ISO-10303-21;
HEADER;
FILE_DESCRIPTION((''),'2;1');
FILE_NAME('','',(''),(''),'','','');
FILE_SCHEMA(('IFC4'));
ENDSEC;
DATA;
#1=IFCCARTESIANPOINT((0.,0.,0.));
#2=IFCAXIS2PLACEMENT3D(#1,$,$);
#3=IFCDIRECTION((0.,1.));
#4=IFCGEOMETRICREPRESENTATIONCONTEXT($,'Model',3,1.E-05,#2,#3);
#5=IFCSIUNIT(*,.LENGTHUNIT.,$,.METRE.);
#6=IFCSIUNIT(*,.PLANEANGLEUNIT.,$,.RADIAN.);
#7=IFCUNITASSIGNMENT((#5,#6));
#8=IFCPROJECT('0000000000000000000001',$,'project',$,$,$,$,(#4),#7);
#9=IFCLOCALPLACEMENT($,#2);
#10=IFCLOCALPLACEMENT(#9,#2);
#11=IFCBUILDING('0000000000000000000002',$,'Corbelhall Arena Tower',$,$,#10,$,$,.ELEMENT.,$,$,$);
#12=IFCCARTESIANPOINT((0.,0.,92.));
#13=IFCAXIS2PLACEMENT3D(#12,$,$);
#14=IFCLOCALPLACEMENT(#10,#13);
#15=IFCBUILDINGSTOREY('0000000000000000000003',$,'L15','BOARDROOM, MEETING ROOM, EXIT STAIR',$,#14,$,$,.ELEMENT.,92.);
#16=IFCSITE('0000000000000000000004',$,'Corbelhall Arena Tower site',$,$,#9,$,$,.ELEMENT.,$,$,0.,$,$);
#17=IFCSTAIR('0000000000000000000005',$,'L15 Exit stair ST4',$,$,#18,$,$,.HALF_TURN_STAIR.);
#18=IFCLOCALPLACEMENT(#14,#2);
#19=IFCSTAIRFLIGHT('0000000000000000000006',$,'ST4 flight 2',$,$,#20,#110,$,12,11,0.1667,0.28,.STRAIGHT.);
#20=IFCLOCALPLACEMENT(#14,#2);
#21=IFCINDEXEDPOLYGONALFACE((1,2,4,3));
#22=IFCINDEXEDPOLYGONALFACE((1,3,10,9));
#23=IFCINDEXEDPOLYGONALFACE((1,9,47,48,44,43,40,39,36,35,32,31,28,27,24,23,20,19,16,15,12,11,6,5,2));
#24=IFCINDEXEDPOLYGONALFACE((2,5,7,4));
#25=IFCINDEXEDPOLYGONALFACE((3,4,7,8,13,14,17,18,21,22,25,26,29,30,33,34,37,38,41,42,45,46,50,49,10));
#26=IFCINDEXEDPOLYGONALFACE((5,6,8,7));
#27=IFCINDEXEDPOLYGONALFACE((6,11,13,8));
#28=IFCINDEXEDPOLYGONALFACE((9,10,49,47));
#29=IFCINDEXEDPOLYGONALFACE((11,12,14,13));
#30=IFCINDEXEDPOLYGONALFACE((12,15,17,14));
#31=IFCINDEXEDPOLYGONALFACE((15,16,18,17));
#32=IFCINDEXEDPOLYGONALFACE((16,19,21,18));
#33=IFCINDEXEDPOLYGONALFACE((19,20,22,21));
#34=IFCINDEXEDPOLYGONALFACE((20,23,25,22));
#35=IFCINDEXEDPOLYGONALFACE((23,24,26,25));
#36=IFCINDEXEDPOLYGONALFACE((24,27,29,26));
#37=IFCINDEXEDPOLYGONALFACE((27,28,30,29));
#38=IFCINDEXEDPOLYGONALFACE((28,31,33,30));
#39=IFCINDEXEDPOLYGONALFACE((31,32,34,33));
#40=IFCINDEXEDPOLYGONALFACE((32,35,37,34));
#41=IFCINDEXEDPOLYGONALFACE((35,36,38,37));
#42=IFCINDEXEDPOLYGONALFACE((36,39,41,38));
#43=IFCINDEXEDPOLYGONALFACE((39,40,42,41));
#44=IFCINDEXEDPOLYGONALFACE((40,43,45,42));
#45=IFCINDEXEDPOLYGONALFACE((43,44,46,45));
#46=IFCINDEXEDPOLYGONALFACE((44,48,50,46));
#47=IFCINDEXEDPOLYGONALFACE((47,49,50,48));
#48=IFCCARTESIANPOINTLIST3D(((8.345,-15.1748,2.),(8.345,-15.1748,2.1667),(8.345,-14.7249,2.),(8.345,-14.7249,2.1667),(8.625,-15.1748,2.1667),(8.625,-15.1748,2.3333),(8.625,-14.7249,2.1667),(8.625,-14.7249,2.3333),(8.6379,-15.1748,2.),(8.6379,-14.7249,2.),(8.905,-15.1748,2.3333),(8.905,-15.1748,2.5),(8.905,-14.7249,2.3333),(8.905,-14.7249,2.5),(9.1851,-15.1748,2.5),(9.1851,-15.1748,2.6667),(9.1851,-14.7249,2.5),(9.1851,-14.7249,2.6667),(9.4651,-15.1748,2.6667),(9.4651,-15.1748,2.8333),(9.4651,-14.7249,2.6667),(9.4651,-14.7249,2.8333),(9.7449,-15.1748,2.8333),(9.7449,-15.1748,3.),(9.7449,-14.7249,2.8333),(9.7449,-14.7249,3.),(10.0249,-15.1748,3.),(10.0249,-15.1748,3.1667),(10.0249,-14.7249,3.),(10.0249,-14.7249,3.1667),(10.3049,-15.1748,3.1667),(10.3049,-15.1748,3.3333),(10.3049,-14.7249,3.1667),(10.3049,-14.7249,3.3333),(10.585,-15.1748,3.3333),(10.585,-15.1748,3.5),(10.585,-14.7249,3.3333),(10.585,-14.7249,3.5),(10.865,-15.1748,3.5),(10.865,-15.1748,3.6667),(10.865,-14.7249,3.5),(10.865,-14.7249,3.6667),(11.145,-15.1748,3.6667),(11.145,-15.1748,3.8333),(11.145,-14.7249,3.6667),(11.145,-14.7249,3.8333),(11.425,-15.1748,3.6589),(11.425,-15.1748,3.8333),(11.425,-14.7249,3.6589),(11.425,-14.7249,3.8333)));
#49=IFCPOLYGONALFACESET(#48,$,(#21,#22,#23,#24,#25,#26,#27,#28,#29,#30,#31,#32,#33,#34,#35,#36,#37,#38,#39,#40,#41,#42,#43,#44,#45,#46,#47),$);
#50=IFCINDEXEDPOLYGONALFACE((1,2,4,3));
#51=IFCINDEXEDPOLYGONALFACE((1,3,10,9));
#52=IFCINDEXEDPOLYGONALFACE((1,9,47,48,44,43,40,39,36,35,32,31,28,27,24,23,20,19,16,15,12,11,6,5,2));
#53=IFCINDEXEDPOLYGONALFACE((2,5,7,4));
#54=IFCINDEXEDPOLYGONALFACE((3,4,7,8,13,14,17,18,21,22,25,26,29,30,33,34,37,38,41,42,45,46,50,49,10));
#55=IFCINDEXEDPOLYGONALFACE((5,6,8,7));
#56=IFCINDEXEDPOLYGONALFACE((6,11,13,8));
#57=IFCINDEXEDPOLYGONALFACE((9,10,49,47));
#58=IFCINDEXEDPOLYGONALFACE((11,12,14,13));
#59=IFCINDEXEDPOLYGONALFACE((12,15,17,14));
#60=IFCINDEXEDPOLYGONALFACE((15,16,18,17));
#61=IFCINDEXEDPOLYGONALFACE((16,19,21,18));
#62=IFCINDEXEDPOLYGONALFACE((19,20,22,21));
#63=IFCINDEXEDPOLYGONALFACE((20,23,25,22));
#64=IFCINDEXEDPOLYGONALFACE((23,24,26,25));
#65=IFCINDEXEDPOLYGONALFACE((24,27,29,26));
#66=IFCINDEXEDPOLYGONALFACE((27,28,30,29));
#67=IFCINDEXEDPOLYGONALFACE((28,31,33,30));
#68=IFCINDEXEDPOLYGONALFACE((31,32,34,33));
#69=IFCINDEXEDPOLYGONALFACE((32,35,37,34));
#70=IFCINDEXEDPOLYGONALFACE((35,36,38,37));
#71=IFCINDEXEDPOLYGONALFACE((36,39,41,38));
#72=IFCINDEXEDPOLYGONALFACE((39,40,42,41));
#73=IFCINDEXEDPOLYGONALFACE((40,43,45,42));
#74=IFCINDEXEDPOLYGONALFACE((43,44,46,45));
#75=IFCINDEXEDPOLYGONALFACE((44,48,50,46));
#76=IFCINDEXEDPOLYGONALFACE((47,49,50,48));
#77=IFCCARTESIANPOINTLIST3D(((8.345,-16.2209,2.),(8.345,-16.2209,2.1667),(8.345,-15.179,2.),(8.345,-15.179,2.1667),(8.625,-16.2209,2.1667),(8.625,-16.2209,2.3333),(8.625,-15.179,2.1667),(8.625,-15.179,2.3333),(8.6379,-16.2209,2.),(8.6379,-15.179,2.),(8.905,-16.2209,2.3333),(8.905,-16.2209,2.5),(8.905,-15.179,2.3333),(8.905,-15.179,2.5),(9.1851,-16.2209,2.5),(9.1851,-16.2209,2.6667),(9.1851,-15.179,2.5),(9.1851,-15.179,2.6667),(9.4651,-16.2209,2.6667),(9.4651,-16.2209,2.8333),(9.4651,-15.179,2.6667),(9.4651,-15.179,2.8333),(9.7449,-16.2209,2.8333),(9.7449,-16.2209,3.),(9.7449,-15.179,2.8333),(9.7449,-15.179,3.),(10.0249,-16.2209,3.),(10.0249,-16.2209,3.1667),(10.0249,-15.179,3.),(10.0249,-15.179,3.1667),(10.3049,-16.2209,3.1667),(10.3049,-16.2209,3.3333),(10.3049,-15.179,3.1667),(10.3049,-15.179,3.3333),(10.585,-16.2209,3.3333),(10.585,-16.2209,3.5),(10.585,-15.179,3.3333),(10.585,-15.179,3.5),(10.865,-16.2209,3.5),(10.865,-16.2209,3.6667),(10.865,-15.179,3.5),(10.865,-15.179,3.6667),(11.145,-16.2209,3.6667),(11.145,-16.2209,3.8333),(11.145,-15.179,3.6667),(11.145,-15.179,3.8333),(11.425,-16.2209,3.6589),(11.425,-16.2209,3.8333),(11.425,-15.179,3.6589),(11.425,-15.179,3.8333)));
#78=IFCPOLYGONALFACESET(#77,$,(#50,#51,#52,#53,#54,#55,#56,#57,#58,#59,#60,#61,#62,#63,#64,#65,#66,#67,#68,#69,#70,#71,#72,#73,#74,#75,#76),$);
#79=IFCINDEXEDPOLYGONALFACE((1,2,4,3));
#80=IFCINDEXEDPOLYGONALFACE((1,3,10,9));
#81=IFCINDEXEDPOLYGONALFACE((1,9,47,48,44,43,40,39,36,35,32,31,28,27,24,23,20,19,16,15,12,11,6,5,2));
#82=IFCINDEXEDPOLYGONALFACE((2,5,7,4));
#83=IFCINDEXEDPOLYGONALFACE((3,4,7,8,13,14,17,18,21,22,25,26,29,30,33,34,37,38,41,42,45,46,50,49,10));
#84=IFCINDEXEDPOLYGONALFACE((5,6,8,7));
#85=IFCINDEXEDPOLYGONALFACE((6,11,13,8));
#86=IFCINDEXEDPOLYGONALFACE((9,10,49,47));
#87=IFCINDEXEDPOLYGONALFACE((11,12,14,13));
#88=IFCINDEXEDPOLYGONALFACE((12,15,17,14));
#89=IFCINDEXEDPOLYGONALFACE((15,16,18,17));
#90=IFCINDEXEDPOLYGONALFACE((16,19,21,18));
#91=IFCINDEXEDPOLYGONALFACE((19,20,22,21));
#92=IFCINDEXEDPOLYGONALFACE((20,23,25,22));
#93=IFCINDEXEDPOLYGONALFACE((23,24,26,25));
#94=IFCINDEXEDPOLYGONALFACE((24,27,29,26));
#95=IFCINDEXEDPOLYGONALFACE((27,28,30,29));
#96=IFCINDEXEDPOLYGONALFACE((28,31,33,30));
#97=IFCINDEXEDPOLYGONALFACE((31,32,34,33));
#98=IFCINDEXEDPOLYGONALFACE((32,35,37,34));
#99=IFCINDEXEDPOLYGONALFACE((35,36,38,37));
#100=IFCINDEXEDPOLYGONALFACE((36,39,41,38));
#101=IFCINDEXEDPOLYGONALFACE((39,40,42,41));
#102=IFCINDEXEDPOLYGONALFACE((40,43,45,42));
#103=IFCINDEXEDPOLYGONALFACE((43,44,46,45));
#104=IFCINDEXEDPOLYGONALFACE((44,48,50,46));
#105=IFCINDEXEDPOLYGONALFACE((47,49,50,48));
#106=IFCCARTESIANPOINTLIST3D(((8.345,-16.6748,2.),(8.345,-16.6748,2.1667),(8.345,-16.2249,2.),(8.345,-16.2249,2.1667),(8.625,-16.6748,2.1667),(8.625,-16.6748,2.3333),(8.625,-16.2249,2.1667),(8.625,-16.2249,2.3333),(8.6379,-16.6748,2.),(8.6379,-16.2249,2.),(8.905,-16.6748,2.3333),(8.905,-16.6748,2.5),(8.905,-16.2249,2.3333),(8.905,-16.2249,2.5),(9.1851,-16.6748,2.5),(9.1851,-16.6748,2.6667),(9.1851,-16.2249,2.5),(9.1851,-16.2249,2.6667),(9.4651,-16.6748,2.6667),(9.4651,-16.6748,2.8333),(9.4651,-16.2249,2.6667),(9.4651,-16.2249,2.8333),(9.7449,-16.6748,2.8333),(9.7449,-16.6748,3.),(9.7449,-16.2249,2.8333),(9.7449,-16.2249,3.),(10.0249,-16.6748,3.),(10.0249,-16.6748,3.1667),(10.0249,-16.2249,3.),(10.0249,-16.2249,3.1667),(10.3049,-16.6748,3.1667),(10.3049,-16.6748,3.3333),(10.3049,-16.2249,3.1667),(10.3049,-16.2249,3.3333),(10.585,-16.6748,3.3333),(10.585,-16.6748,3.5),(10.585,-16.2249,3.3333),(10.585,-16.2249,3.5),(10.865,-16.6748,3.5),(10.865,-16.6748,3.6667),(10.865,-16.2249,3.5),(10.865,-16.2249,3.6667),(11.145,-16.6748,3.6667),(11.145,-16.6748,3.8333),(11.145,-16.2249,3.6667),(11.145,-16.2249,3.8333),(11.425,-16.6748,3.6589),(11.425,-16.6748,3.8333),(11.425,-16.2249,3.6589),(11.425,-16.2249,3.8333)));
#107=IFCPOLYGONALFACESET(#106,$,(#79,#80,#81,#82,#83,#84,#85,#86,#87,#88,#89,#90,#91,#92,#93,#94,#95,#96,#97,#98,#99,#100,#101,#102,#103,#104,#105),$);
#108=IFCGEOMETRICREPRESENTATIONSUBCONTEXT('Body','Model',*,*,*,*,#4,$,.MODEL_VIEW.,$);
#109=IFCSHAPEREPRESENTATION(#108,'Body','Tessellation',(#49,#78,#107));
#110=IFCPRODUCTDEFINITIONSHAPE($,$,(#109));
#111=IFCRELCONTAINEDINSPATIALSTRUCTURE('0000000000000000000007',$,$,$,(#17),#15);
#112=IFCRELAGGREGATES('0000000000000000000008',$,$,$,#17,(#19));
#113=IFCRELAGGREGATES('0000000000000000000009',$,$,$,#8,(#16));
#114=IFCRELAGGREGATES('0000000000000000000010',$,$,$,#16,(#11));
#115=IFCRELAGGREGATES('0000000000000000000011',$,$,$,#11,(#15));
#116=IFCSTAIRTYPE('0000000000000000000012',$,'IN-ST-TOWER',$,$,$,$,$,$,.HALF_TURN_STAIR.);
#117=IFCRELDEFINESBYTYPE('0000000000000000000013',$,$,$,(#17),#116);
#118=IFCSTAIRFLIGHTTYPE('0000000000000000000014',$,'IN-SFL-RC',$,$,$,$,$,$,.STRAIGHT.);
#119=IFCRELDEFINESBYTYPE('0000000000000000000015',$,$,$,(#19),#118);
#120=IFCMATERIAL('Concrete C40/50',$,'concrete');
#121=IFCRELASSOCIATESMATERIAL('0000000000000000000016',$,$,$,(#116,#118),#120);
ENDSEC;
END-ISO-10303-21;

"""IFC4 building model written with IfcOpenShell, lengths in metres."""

from ifc_helpers import new_model, si_unit, direction, frame, origin, place, context, subcontext, project, spatial, polyline, outline, extrude, material, type_object, element, aggregate, save


model = new_model("IFC4")

# Units and contexts
model_context = context("Model", 3, precision=1e-05, world=origin(), true_north=direction((0.0, 1.0)))
body_context = subcontext(model_context, "Body", "Model", "MODEL_VIEW")
ifc_project = project(units=[si_unit("LENGTHUNIT", "METRE"), si_unit("PLANEANGLEUNIT", "RADIAN")], contexts=[model_context])

# Site, building, storey
site_placement = place(None, origin())
site = spatial("IfcSite", under=ifc_project, at=site_placement, Name="Corbelhall Arena Tower site", CompositionType="ELEMENT", RefElevation=0.0)
building_placement = place(site_placement, origin())
building = spatial("IfcBuilding", under=site, at=building_placement, Name="Corbelhall Arena Tower", CompositionType="ELEMENT")
storey_placement = place(building_placement, frame((0.0, 0.0, 92.0)))
storey = spatial("IfcBuildingStorey", under=building, at=storey_placement, Name="L15", Description="BOARDROOM, MEETING ROOM, EXIT STAIR", CompositionType="ELEMENT", Elevation=92.0)

# Shared definitions
ifc_material_1 = material(Name="Concrete C40/50", Category="concrete")

# Stair, stair flight
stair_type = type_object("IfcStairType", Name="IN-ST-TOWER", PredefinedType="HALF_TURN_STAIR", material=ifc_material_1)
stair_placement = place(storey_placement, origin())
stair = element("IfcStair", 1, at=stair_placement, inside=storey, type_object=stair_type, Name="L15 Exit stair ST4", PredefinedType="HALF_TURN_STAIR")
stair_flight_type = type_object("IfcStairFlightType", Name="IN-SFL-RC", PredefinedType="STRAIGHT", material=ifc_material_1)
stair_flight_placement = place(storey_placement, frame((8.345, -15.7, 2.0), z_axis=(0.0, 0.0, 1.0), x_axis=(1.0, 0.0, 0.0)))
stair_flight = element("IfcStairFlight", 2, at=stair_flight_placement, type_object=stair_flight_type, Name="ST4 flight 2", NumberOfRisers=12, NumberOfTreads=11, PredefinedType="STRAIGHT", RiserHeight=0.1667, TreadLength=0.28, context=body_context, shape_type="SweptSolid", body=[
    extrude(outline(polyline([(0.0, 0.0), (0.0, 0.1667), (0.28, 0.1667), (0.28, 0.3333), (0.5601, 0.3333), (0.5601, 0.5), (0.8401, 0.5), (0.8401, 0.6667), (1.1201, 0.6667), (1.1201, 0.8333), (1.3999, 0.8333), (1.3999, 1.0), (1.6799, 1.0), (1.6799, 1.1667), (1.96, 1.1667), (1.96, 1.3333), (2.24, 1.3333), (2.24, 1.5), (2.52, 1.5), (2.52, 1.6667), (2.8, 1.6667), (2.8, 1.8333), (3.0801, 1.8333), (3.0801, 2.0), (3.0801, 1.6589), (0.293, 0.0), (0.0, 0.0)])), frame((0.0, 0.9751, 0.0), z_axis=(0.0, -1.0, 0.0), x_axis=(1.0, 0.0, 0.0)), (0.0, 0.0, 1.0), 0.45),
    extrude(outline(polyline([(0.0, 0.0), (0.0, 0.1667), (0.28, 0.1667), (0.28, 0.3333), (0.5601, 0.3333), (0.5601, 0.5), (0.8401, 0.5), (0.8401, 0.6667), (1.1201, 0.6667), (1.1201, 0.8333), (1.3999, 0.8333), (1.3999, 1.0), (1.6799, 1.0), (1.6799, 1.1667), (1.96, 1.1667), (1.96, 1.3333), (2.24, 1.3333), (2.24, 1.5), (2.52, 1.5), (2.52, 1.6667), (2.8, 1.6667), (2.8, 1.8333), (3.0801, 1.8333), (3.0801, 2.0), (3.0801, 1.6589), (0.293, 0.0), (0.0, 0.0)])), frame((0.0, 0.521, 0.0), z_axis=(0.0, -1.0, 0.0), x_axis=(1.0, 0.0, 0.0)), (0.0, 0.0, 1.0), 1.042),
    extrude(outline(polyline([(0.0, 0.0), (0.0, 0.1667), (0.28, 0.1667), (0.28, 0.3333), (0.5601, 0.3333), (0.5601, 0.5), (0.8401, 0.5), (0.8401, 0.6667), (1.1201, 0.6667), (1.1201, 0.8333), (1.3999, 0.8333), (1.3999, 1.0), (1.6799, 1.0), (1.6799, 1.1667), (1.96, 1.1667), (1.96, 1.3333), (2.24, 1.3333), (2.24, 1.5), (2.52, 1.5), (2.52, 1.6667), (2.8, 1.6667), (2.8, 1.8333), (3.0801, 1.8333), (3.0801, 2.0), (3.0801, 1.6589), (0.293, 0.0), (0.0, 0.0)])), frame((0.0, -0.5249, 0.0), z_axis=(0.0, -1.0, 0.0), x_axis=(1.0, 0.0, 0.0)), (0.0, 0.0, 1.0), 0.45),
])
aggregate(stair, [stair_flight])

save(model, "model.ifc")
